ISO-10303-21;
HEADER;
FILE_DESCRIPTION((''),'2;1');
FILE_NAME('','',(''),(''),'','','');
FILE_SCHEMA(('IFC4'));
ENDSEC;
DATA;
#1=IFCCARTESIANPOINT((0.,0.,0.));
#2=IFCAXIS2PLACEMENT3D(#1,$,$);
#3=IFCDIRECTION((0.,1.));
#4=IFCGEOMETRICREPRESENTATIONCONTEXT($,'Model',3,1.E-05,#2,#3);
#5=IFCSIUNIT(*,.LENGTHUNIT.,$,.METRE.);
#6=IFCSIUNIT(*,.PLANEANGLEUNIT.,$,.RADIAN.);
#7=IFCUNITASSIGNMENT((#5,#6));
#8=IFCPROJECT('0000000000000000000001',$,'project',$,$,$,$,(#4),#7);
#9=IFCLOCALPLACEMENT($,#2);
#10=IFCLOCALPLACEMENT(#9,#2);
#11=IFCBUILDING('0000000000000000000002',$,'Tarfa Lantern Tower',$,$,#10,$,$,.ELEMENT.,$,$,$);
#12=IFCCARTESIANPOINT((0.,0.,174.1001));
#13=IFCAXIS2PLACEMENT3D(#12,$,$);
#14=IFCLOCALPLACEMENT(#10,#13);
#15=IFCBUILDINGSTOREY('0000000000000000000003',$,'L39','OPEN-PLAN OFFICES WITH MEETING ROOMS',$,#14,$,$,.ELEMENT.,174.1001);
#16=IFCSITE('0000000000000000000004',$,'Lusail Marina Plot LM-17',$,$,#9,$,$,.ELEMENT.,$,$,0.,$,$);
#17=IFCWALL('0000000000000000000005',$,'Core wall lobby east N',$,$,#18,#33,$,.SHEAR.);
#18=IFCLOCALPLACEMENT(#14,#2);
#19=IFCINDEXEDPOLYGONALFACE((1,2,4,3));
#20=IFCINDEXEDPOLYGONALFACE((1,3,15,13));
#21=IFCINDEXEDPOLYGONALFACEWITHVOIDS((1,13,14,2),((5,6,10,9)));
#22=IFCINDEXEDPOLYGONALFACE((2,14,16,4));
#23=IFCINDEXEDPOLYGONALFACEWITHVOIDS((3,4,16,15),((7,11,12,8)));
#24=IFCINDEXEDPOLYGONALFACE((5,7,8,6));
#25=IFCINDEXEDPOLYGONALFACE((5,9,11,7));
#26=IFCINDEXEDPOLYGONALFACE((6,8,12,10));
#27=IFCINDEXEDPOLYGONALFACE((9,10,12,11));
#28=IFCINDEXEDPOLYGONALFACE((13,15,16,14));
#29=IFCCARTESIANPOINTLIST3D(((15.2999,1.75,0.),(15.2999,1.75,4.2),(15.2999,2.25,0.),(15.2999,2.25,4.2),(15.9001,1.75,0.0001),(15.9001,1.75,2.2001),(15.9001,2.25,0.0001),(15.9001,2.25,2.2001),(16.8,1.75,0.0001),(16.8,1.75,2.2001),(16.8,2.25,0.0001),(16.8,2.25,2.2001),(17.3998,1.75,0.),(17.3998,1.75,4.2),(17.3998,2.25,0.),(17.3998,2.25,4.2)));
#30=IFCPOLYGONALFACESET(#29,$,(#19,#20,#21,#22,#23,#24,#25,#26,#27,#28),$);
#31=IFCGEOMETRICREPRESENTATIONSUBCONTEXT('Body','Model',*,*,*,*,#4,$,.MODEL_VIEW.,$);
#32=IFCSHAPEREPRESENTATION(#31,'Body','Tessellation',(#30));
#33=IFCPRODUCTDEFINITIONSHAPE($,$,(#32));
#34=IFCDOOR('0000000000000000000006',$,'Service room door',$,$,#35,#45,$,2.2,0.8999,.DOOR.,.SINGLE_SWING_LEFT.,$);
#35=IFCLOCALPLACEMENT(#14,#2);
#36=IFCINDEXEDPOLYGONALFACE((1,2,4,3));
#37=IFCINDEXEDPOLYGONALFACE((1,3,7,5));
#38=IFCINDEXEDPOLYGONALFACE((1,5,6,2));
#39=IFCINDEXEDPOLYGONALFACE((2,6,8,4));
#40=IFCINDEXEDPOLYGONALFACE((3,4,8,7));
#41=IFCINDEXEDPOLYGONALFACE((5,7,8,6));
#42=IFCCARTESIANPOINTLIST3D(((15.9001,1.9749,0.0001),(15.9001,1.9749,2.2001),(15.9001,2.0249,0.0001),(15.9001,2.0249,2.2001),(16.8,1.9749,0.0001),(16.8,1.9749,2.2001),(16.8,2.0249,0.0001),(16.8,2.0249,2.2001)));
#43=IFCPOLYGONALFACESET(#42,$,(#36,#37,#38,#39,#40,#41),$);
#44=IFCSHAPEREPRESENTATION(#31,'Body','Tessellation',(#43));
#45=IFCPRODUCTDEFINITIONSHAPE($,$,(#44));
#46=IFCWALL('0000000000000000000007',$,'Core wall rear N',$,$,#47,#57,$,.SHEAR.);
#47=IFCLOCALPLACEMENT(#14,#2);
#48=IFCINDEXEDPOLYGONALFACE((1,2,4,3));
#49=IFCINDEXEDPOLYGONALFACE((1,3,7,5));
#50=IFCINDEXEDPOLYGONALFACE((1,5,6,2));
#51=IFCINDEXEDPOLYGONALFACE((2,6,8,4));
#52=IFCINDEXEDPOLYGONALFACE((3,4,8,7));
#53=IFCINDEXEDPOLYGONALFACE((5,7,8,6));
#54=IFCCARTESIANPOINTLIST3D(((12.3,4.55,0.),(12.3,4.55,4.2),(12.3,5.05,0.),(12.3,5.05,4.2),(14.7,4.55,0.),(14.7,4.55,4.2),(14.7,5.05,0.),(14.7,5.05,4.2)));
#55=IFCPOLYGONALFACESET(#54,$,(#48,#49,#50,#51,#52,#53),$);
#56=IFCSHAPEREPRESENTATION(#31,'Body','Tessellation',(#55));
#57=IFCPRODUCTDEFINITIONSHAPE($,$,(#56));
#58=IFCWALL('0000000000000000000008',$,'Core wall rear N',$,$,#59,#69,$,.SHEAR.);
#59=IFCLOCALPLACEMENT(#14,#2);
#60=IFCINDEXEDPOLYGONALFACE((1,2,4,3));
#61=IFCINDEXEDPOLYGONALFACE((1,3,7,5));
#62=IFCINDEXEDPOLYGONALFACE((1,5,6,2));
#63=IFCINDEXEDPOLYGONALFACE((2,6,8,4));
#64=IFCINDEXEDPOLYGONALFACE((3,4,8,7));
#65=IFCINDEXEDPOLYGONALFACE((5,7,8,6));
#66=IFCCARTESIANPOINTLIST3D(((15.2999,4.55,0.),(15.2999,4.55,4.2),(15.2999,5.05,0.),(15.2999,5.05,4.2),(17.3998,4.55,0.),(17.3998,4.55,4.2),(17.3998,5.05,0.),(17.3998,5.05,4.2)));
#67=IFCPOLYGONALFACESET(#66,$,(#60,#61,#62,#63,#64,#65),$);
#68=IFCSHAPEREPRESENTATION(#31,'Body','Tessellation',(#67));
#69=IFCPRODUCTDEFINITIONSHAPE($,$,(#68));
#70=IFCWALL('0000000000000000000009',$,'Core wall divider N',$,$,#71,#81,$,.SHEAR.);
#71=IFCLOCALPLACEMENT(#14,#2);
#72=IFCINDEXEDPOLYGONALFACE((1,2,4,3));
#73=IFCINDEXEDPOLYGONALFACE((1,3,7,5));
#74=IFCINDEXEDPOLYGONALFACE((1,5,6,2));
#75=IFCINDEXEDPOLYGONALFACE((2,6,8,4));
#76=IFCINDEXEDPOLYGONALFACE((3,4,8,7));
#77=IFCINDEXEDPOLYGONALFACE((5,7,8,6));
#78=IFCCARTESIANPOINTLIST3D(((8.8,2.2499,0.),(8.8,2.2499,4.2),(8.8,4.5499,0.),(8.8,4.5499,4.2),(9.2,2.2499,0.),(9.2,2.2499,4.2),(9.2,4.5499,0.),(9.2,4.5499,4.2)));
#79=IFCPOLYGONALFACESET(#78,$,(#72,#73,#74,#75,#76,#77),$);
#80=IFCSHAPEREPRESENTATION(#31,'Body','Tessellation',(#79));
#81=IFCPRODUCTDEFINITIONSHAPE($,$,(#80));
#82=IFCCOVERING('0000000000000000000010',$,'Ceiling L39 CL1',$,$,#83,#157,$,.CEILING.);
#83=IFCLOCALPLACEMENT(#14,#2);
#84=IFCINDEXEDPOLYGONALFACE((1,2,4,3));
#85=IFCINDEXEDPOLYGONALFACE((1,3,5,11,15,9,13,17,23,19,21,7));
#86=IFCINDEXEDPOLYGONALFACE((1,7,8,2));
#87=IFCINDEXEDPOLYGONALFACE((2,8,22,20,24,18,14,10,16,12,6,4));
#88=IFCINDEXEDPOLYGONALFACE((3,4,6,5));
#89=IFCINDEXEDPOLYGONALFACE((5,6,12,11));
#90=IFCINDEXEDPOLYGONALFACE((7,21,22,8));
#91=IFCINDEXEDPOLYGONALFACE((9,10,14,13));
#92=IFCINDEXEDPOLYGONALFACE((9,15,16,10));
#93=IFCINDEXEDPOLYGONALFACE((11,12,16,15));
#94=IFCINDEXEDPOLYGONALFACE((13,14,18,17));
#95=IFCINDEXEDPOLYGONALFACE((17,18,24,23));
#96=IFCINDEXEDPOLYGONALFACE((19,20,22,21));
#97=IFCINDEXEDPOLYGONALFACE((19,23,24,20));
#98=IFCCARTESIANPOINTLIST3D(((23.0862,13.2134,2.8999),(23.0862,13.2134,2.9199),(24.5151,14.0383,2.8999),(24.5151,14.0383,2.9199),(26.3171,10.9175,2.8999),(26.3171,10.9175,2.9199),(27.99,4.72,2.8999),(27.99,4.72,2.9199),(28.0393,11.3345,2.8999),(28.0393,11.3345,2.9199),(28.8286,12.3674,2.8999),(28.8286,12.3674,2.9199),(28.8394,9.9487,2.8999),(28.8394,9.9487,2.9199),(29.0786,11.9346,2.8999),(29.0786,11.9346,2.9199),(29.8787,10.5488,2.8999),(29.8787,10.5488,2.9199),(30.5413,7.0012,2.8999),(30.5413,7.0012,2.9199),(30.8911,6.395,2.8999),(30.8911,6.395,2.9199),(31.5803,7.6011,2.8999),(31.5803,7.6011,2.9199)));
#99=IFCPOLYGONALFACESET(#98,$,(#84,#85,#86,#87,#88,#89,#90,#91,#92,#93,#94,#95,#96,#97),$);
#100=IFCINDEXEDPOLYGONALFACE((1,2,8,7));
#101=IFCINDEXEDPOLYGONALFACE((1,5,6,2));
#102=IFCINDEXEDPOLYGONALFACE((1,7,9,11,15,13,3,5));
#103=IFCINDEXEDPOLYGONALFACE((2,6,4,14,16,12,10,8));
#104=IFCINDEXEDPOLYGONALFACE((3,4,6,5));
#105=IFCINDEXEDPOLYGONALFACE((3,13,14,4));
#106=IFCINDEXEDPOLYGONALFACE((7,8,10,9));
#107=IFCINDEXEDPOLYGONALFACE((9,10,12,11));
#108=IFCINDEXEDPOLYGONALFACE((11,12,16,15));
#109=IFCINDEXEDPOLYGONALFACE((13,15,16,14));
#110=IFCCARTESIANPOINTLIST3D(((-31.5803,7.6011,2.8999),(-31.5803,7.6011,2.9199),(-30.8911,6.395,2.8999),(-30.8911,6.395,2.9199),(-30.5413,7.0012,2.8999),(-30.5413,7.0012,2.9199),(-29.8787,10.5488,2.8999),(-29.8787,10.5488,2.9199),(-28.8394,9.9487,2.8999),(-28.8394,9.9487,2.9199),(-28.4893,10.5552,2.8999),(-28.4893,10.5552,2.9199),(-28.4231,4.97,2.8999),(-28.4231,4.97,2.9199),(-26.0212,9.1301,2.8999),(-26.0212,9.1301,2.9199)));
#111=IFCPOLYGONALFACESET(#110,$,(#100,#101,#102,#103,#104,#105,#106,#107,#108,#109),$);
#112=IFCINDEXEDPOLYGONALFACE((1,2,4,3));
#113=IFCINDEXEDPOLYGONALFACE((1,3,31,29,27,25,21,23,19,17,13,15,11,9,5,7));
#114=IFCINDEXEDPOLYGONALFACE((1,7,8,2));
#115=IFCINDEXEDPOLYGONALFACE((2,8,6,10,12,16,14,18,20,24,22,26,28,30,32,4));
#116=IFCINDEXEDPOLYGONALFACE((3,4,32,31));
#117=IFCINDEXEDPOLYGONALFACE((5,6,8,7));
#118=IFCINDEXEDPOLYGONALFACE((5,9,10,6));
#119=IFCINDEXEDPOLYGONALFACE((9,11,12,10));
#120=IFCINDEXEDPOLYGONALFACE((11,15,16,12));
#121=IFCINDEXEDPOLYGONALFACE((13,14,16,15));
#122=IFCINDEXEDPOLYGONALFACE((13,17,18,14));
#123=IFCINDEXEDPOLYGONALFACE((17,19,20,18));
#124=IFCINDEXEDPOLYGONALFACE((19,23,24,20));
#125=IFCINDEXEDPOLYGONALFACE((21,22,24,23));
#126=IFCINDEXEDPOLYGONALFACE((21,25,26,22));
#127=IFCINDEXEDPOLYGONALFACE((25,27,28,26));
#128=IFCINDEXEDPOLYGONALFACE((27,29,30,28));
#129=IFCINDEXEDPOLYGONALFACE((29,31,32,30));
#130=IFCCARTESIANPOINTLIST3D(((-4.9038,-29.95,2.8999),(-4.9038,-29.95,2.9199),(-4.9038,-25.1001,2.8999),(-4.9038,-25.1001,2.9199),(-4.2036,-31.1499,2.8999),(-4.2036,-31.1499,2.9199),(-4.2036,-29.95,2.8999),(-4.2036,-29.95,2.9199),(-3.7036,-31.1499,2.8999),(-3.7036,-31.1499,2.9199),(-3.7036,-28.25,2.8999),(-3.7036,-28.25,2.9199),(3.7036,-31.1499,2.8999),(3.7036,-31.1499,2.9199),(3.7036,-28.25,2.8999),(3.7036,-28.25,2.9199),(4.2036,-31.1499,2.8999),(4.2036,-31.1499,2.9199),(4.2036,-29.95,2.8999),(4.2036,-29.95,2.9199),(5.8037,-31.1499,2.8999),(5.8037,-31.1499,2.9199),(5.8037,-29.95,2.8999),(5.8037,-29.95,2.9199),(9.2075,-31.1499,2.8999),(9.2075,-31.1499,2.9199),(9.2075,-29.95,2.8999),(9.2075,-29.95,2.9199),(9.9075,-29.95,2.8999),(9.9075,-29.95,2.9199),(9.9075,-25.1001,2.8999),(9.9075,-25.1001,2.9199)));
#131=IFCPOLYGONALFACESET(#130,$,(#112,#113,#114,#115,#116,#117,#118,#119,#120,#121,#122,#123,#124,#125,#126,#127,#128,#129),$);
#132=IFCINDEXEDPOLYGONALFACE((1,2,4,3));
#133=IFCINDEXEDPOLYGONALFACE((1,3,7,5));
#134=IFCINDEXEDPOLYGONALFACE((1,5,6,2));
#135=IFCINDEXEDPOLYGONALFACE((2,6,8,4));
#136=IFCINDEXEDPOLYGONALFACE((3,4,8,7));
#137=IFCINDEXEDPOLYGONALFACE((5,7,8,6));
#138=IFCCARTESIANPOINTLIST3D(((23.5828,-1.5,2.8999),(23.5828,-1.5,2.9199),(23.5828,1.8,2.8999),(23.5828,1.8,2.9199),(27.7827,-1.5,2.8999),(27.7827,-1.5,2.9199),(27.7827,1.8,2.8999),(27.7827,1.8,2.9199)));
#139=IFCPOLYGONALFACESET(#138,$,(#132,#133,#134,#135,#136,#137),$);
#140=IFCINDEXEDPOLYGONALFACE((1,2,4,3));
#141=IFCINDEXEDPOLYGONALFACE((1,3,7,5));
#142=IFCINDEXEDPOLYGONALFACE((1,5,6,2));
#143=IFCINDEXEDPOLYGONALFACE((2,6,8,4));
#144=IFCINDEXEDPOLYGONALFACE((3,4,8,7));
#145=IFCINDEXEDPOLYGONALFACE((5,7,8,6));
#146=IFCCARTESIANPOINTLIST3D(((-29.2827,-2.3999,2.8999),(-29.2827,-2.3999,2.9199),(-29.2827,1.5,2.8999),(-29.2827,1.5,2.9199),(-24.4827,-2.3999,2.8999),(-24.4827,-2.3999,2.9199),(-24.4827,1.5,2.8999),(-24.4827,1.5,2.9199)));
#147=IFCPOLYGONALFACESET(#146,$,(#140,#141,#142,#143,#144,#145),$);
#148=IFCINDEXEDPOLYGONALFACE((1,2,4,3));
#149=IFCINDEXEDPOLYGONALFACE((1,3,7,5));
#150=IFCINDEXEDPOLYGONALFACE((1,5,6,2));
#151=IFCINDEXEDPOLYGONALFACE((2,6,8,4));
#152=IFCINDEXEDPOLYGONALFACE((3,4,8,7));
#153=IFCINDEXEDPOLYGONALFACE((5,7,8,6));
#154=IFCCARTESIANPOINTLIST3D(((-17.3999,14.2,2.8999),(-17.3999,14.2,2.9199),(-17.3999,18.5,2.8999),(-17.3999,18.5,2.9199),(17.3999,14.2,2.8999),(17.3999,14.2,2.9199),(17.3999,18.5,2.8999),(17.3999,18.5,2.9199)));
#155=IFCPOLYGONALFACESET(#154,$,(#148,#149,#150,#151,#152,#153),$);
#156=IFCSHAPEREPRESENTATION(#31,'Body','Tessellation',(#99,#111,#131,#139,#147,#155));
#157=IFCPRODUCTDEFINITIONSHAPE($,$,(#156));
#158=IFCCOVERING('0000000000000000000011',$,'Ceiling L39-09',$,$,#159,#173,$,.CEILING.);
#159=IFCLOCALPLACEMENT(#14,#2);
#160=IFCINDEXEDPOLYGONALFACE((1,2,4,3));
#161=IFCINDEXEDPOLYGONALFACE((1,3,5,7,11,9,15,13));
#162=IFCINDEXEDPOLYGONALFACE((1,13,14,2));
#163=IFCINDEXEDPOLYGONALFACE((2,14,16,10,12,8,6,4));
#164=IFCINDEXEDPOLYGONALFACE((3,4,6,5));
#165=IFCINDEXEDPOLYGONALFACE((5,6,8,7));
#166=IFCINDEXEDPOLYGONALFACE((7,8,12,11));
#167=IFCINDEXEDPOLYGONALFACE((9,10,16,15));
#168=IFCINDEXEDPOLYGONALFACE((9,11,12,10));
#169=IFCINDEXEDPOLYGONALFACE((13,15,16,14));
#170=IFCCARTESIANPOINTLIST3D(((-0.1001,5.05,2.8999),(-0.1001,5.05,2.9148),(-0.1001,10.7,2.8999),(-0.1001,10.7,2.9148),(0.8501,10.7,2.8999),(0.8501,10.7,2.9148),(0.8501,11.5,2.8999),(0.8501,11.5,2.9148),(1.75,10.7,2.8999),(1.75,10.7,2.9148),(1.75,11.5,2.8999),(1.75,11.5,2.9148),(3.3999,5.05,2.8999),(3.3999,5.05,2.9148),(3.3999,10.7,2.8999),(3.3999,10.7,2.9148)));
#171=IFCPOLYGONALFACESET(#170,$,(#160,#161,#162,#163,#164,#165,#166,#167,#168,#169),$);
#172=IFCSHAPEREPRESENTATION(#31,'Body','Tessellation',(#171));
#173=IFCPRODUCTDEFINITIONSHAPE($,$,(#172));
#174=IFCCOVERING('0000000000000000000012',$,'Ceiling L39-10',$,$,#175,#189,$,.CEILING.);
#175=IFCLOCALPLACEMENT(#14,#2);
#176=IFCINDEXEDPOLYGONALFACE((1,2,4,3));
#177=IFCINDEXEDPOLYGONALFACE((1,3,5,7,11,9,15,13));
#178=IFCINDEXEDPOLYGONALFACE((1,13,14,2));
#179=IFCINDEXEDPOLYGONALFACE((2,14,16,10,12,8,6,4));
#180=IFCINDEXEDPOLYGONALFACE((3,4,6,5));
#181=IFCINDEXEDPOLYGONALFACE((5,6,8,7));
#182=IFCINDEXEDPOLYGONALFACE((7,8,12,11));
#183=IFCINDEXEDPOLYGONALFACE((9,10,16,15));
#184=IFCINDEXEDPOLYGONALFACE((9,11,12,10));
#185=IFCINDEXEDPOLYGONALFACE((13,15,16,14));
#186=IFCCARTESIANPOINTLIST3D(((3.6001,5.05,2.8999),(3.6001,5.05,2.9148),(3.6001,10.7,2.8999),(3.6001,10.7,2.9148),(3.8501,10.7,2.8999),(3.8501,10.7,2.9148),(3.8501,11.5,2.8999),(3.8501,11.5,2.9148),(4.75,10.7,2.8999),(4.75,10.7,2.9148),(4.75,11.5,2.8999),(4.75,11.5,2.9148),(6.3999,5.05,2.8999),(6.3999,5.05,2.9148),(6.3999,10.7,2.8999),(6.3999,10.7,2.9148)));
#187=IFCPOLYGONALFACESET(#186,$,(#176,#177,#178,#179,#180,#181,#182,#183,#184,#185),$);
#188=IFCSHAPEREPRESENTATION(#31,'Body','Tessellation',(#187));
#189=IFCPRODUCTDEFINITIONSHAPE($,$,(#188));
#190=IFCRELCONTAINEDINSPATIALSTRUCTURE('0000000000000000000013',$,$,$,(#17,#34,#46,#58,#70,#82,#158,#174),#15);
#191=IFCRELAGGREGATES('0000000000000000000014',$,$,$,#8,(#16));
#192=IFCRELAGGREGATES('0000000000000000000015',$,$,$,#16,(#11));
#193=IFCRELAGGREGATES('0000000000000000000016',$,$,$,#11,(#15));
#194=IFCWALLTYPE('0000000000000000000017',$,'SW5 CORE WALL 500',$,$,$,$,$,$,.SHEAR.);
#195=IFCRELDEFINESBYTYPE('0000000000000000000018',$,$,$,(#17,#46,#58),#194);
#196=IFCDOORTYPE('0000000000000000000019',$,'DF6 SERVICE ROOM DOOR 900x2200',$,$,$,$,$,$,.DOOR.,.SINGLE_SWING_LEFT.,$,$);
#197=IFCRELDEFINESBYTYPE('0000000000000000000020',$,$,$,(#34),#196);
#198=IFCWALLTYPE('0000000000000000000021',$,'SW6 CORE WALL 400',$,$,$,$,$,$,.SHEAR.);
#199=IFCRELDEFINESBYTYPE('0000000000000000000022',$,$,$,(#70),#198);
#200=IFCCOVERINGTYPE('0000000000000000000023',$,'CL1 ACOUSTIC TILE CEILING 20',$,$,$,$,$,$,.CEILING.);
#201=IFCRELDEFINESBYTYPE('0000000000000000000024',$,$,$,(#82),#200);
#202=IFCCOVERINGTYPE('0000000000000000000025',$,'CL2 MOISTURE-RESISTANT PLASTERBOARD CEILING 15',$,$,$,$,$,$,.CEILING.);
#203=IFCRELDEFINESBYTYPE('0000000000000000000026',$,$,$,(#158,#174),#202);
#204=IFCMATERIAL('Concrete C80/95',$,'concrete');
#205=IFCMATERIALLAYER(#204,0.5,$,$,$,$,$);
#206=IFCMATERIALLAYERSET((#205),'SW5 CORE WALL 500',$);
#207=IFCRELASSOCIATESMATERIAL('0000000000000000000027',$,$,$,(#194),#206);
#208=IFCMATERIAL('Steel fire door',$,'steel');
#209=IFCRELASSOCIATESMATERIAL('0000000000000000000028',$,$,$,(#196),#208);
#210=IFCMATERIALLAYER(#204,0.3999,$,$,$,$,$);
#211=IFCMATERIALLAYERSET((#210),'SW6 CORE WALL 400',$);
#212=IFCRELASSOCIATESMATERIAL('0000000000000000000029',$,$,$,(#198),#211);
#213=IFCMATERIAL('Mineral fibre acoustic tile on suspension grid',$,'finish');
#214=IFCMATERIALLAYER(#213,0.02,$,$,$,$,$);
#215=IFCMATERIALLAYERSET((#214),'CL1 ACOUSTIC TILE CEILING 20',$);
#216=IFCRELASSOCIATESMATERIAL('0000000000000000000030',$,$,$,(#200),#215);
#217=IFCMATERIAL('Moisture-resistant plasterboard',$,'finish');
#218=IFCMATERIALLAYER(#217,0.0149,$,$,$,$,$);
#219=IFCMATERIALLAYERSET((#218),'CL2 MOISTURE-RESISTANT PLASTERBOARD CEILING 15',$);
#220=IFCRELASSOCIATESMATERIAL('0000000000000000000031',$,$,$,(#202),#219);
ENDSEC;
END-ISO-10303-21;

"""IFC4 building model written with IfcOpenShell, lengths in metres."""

from ifc_helpers import new_model, si_unit, direction, frame, frame_2d, origin, place, context, subcontext, project, spatial, polyline, rectangle, outline, extrude, material, layer, layer_set, type_object, element, fill, save


model = new_model("IFC4")

# Units and contexts
model_context = context("Model", 3, precision=1e-05, world=origin(), true_north=direction((0.0, 1.0)))
body_context = subcontext(model_context, "Body", "Model", "MODEL_VIEW")
ifc_project = project(units=[si_unit("LENGTHUNIT", "METRE"), si_unit("PLANEANGLEUNIT", "RADIAN")], contexts=[model_context])

# Site, building, storey
site_placement = place(None, origin())
site = spatial("IfcSite", under=ifc_project, at=site_placement, Name="Lusail Marina Plot LM-17", CompositionType="ELEMENT", RefElevation=0.0)
building_placement = place(site_placement, origin())
building = spatial("IfcBuilding", under=site, at=building_placement, Name="Tarfa Lantern Tower", CompositionType="ELEMENT")
storey_placement = place(building_placement, frame((0.0, 0.0, 174.1001)))
storey = spatial("IfcBuildingStorey", under=building, at=storey_placement, Name="L39", Description="OPEN-PLAN OFFICES WITH MEETING ROOMS", CompositionType="ELEMENT", Elevation=174.1001)

# Shared definitions
ifc_material_1 = material(Name="Concrete C80/95", Category="concrete")
ifc_layer_1 = layer(ifc_material_1, 0.5)
ifc_layer_set_1 = layer_set([ifc_layer_1], Name="SW5 CORE WALL 500")
wall_type_1 = type_object("IfcWallType", Name="SW5 CORE WALL 500", PredefinedType="SHEAR", material=ifc_layer_set_1)

# Wall, opening, door
wall_1_placement = place(storey_placement, frame((15.3, 2.0, 0.0), z_axis=(0.0, 0.0, 1.0), x_axis=(1.0, 0.0, 0.0)))
wall_1 = element("IfcWall", 1, at=wall_1_placement, inside=storey, type_object=wall_type_1, Name="Core wall lobby east N", PredefinedType="SHEAR", context=body_context, shape_type="SweptSolid", body=[
    extrude(rectangle(XDim=2.0999, YDim=0.5, at=frame_2d((1.0498, 0.0))), origin(), (0.0, 0.0, 1.0), 4.2),
])
opening_placement = place(wall_1_placement, frame((0.6001, 0.0, 0.0)))
opening = element("IfcOpeningElement", 2, at=opening_placement, cuts=wall_1, PredefinedType="OPENING", context=body_context, shape_type="SweptSolid", body=[
    extrude(rectangle(XDim=0.8999, YDim=2.2, at=frame_2d((0.45, 1.1001))), frame((0.0, 0.26, 0.0), z_axis=(0.0, -1.0, 0.0), x_axis=(1.0, 0.0, 0.0)), (0.0, 0.0, 1.0), 0.52),
])
ifc_material_2 = material(Name="Steel fire door", Category="steel")
door_type = type_object("IfcDoorType", Name="DF6 SERVICE ROOM DOOR 900x2200", OperationType="SINGLE_SWING_LEFT", PredefinedType="DOOR", material=ifc_material_2)
door_placement = place(opening_placement, origin())
door = element("IfcDoor", 3, at=door_placement, inside=storey, type_object=door_type, Name="Service room door", OperationType="SINGLE_SWING_LEFT", OverallHeight=2.2, OverallWidth=0.8999, PredefinedType="DOOR", context=body_context, shape_type="SweptSolid", body=[
    extrude(rectangle(XDim=0.8999, YDim=2.2, at=frame_2d((0.45, 1.1001))), frame((0.0, 0.0249, 0.0), z_axis=(0.0, -1.0, 0.0), x_axis=(1.0, 0.0, 0.0)), (0.0, 0.0, 1.0), 0.05),
])
fill(opening, door)

# Walls
wall_2_placement = place(storey_placement, frame((12.3, 4.8, 0.0), z_axis=(0.0, 0.0, 1.0), x_axis=(1.0, 0.0, 0.0)))
element("IfcWall", 4, at=wall_2_placement, inside=storey, type_object=wall_type_1, Name="Core wall rear N", PredefinedType="SHEAR", context=body_context, shape_type="SweptSolid", body=[
    extrude(rectangle(XDim=2.3999, YDim=0.5, at=frame_2d((1.2, 0.0))), origin(), (0.0, 0.0, 1.0), 4.2),
])
wall_3_placement = place(storey_placement, frame((15.3, 4.8, 0.0), z_axis=(0.0, 0.0, 1.0), x_axis=(1.0, 0.0, 0.0)))
element("IfcWall", 5, at=wall_3_placement, inside=storey, type_object=wall_type_1, Name="Core wall rear N", PredefinedType="SHEAR", context=body_context, shape_type="SweptSolid", body=[
    extrude(rectangle(XDim=2.0999, YDim=0.5, at=frame_2d((1.0498, 0.0))), origin(), (0.0, 0.0, 1.0), 4.2),
])
ifc_layer_2 = layer(ifc_material_1, 0.3999)
ifc_layer_set_2 = layer_set([ifc_layer_2], Name="SW6 CORE WALL 400")
wall_type_2 = type_object("IfcWallType", Name="SW6 CORE WALL 400", PredefinedType="SHEAR", material=ifc_layer_set_2)
wall_4_placement = place(storey_placement, frame((9.0, 2.25, 0.0), z_axis=(0.0, 0.0, 1.0), x_axis=(0.0, 1.0, 0.0)))
element("IfcWall", 6, at=wall_4_placement, inside=storey, type_object=wall_type_2, Name="Core wall divider N", PredefinedType="SHEAR", context=body_context, shape_type="SweptSolid", body=[
    extrude(rectangle(XDim=2.3, YDim=0.3999, at=frame_2d((1.1499, 0.0))), origin(), (0.0, 0.0, 1.0), 4.2),
])

# Coverings
ifc_material_3 = material(Name="Mineral fibre acoustic tile on suspension grid", Category="finish")
ifc_layer_3 = layer(ifc_material_3, 0.02)
ifc_layer_set_3 = layer_set([ifc_layer_3], Name="CL1 ACOUSTIC TILE CEILING 20")
covering_type_1 = type_object("IfcCoveringType", Name="CL1 ACOUSTIC TILE CEILING 20", PredefinedType="CEILING", material=ifc_layer_set_3)
covering_1_placement = place(storey_placement, frame((0.0, 0.0, 2.8999)))
element("IfcCovering", 7, at=covering_1_placement, inside=storey, type_object=covering_type_1, Name="Ceiling L39 CL1", PredefinedType="CEILING", context=body_context, shape_type="SweptSolid", body=[
    extrude(outline(polyline([(27.99, 4.72), (23.0862, 13.2134), (24.5151, 14.0383), (26.3171, 10.9175), (28.8286, 12.3674), (29.0786, 11.9346), (28.0393, 11.3345), (28.8394, 9.9487), (29.8787, 10.5488), (31.5803, 7.6011), (30.5413, 7.0012), (30.8911, 6.395), (27.99, 4.72)])), origin(), (0.0, 0.0, 1.0), 0.02),
    extrude(outline(polyline([(-28.4231, 4.97), (-30.8911, 6.395), (-30.5413, 7.0012), (-31.5803, 7.6011), (-29.8787, 10.5488), (-28.8394, 9.9487), (-28.4893, 10.5552), (-26.0212, 9.1301), (-28.4231, 4.97)])), origin(), (0.0, 0.0, 1.0), 0.02),
    extrude(outline(polyline([(9.9075, -25.1001), (9.9075, -29.95), (9.2075, -29.95), (9.2075, -31.1499), (5.8037, -31.1499), (5.8037, -29.95), (4.2036, -29.95), (4.2036, -31.1499), (3.7036, -31.1499), (3.7036, -28.25), (-3.7036, -28.25), (-3.7036, -31.1499), (-4.2036, -31.1499), (-4.2036, -29.95), (-4.9038, -29.95), (-4.9038, -25.1001), (9.9075, -25.1001)])), origin(), (0.0, 0.0, 1.0), 0.02),
    extrude(outline(polyline([(27.7827, 1.8), (27.7827, -1.5), (23.5828, -1.5), (23.5828, 1.8), (27.7827, 1.8)])), origin(), (0.0, 0.0, 1.0), 0.02),
    extrude(outline(polyline([(-29.2827, -2.3999), (-29.2827, 1.5), (-24.4827, 1.5), (-24.4827, -2.3999), (-29.2827, -2.3999)])), origin(), (0.0, 0.0, 1.0), 0.02),
    extrude(outline(polyline([(-17.3999, 18.5), (17.3999, 18.5), (17.3999, 14.2), (-17.3999, 14.2), (-17.3999, 18.5)])), origin(), (0.0, 0.0, 1.0), 0.02),
])
ifc_material_4 = material(Name="Moisture-resistant plasterboard", Category="finish")
ifc_layer_4 = layer(ifc_material_4, 0.0149)
ifc_layer_set_4 = layer_set([ifc_layer_4], Name="CL2 MOISTURE-RESISTANT PLASTERBOARD CEILING 15")
covering_type_2 = type_object("IfcCoveringType", Name="CL2 MOISTURE-RESISTANT PLASTERBOARD CEILING 15", PredefinedType="CEILING", material=ifc_layer_set_4)
covering_2_placement = place(storey_placement, frame((0.0, 0.0, 2.8999)))
element("IfcCovering", 8, at=covering_2_placement, inside=storey, type_object=covering_type_2, Name="Ceiling L39-09", PredefinedType="CEILING", context=body_context, shape_type="SweptSolid", body=[
    extrude(outline(polyline([(0.8501, 10.7), (-0.1001, 10.7), (-0.1001, 5.05), (3.3999, 5.05), (3.3999, 10.7), (1.75, 10.7), (1.75, 11.5), (0.8501, 11.5), (0.8501, 11.5), (0.8501, 10.7)])), origin(), (0.0, 0.0, 1.0), 0.0149),
])
covering_3_placement = place(storey_placement, frame((0.0, 0.0, 2.8999)))
element("IfcCovering", 9, at=covering_3_placement, inside=storey, type_object=covering_type_2, Name="Ceiling L39-10", PredefinedType="CEILING", context=body_context, shape_type="SweptSolid", body=[
    extrude(outline(polyline([(3.6001, 5.05), (6.3999, 5.05), (6.3999, 10.7), (4.75, 10.7), (4.75, 11.5), (3.8501, 11.5), (3.8501, 10.7), (3.6001, 10.7), (3.6001, 5.05)])), origin(), (0.0, 0.0, 1.0), 0.0149),
])

save(model, "model.ifc")
